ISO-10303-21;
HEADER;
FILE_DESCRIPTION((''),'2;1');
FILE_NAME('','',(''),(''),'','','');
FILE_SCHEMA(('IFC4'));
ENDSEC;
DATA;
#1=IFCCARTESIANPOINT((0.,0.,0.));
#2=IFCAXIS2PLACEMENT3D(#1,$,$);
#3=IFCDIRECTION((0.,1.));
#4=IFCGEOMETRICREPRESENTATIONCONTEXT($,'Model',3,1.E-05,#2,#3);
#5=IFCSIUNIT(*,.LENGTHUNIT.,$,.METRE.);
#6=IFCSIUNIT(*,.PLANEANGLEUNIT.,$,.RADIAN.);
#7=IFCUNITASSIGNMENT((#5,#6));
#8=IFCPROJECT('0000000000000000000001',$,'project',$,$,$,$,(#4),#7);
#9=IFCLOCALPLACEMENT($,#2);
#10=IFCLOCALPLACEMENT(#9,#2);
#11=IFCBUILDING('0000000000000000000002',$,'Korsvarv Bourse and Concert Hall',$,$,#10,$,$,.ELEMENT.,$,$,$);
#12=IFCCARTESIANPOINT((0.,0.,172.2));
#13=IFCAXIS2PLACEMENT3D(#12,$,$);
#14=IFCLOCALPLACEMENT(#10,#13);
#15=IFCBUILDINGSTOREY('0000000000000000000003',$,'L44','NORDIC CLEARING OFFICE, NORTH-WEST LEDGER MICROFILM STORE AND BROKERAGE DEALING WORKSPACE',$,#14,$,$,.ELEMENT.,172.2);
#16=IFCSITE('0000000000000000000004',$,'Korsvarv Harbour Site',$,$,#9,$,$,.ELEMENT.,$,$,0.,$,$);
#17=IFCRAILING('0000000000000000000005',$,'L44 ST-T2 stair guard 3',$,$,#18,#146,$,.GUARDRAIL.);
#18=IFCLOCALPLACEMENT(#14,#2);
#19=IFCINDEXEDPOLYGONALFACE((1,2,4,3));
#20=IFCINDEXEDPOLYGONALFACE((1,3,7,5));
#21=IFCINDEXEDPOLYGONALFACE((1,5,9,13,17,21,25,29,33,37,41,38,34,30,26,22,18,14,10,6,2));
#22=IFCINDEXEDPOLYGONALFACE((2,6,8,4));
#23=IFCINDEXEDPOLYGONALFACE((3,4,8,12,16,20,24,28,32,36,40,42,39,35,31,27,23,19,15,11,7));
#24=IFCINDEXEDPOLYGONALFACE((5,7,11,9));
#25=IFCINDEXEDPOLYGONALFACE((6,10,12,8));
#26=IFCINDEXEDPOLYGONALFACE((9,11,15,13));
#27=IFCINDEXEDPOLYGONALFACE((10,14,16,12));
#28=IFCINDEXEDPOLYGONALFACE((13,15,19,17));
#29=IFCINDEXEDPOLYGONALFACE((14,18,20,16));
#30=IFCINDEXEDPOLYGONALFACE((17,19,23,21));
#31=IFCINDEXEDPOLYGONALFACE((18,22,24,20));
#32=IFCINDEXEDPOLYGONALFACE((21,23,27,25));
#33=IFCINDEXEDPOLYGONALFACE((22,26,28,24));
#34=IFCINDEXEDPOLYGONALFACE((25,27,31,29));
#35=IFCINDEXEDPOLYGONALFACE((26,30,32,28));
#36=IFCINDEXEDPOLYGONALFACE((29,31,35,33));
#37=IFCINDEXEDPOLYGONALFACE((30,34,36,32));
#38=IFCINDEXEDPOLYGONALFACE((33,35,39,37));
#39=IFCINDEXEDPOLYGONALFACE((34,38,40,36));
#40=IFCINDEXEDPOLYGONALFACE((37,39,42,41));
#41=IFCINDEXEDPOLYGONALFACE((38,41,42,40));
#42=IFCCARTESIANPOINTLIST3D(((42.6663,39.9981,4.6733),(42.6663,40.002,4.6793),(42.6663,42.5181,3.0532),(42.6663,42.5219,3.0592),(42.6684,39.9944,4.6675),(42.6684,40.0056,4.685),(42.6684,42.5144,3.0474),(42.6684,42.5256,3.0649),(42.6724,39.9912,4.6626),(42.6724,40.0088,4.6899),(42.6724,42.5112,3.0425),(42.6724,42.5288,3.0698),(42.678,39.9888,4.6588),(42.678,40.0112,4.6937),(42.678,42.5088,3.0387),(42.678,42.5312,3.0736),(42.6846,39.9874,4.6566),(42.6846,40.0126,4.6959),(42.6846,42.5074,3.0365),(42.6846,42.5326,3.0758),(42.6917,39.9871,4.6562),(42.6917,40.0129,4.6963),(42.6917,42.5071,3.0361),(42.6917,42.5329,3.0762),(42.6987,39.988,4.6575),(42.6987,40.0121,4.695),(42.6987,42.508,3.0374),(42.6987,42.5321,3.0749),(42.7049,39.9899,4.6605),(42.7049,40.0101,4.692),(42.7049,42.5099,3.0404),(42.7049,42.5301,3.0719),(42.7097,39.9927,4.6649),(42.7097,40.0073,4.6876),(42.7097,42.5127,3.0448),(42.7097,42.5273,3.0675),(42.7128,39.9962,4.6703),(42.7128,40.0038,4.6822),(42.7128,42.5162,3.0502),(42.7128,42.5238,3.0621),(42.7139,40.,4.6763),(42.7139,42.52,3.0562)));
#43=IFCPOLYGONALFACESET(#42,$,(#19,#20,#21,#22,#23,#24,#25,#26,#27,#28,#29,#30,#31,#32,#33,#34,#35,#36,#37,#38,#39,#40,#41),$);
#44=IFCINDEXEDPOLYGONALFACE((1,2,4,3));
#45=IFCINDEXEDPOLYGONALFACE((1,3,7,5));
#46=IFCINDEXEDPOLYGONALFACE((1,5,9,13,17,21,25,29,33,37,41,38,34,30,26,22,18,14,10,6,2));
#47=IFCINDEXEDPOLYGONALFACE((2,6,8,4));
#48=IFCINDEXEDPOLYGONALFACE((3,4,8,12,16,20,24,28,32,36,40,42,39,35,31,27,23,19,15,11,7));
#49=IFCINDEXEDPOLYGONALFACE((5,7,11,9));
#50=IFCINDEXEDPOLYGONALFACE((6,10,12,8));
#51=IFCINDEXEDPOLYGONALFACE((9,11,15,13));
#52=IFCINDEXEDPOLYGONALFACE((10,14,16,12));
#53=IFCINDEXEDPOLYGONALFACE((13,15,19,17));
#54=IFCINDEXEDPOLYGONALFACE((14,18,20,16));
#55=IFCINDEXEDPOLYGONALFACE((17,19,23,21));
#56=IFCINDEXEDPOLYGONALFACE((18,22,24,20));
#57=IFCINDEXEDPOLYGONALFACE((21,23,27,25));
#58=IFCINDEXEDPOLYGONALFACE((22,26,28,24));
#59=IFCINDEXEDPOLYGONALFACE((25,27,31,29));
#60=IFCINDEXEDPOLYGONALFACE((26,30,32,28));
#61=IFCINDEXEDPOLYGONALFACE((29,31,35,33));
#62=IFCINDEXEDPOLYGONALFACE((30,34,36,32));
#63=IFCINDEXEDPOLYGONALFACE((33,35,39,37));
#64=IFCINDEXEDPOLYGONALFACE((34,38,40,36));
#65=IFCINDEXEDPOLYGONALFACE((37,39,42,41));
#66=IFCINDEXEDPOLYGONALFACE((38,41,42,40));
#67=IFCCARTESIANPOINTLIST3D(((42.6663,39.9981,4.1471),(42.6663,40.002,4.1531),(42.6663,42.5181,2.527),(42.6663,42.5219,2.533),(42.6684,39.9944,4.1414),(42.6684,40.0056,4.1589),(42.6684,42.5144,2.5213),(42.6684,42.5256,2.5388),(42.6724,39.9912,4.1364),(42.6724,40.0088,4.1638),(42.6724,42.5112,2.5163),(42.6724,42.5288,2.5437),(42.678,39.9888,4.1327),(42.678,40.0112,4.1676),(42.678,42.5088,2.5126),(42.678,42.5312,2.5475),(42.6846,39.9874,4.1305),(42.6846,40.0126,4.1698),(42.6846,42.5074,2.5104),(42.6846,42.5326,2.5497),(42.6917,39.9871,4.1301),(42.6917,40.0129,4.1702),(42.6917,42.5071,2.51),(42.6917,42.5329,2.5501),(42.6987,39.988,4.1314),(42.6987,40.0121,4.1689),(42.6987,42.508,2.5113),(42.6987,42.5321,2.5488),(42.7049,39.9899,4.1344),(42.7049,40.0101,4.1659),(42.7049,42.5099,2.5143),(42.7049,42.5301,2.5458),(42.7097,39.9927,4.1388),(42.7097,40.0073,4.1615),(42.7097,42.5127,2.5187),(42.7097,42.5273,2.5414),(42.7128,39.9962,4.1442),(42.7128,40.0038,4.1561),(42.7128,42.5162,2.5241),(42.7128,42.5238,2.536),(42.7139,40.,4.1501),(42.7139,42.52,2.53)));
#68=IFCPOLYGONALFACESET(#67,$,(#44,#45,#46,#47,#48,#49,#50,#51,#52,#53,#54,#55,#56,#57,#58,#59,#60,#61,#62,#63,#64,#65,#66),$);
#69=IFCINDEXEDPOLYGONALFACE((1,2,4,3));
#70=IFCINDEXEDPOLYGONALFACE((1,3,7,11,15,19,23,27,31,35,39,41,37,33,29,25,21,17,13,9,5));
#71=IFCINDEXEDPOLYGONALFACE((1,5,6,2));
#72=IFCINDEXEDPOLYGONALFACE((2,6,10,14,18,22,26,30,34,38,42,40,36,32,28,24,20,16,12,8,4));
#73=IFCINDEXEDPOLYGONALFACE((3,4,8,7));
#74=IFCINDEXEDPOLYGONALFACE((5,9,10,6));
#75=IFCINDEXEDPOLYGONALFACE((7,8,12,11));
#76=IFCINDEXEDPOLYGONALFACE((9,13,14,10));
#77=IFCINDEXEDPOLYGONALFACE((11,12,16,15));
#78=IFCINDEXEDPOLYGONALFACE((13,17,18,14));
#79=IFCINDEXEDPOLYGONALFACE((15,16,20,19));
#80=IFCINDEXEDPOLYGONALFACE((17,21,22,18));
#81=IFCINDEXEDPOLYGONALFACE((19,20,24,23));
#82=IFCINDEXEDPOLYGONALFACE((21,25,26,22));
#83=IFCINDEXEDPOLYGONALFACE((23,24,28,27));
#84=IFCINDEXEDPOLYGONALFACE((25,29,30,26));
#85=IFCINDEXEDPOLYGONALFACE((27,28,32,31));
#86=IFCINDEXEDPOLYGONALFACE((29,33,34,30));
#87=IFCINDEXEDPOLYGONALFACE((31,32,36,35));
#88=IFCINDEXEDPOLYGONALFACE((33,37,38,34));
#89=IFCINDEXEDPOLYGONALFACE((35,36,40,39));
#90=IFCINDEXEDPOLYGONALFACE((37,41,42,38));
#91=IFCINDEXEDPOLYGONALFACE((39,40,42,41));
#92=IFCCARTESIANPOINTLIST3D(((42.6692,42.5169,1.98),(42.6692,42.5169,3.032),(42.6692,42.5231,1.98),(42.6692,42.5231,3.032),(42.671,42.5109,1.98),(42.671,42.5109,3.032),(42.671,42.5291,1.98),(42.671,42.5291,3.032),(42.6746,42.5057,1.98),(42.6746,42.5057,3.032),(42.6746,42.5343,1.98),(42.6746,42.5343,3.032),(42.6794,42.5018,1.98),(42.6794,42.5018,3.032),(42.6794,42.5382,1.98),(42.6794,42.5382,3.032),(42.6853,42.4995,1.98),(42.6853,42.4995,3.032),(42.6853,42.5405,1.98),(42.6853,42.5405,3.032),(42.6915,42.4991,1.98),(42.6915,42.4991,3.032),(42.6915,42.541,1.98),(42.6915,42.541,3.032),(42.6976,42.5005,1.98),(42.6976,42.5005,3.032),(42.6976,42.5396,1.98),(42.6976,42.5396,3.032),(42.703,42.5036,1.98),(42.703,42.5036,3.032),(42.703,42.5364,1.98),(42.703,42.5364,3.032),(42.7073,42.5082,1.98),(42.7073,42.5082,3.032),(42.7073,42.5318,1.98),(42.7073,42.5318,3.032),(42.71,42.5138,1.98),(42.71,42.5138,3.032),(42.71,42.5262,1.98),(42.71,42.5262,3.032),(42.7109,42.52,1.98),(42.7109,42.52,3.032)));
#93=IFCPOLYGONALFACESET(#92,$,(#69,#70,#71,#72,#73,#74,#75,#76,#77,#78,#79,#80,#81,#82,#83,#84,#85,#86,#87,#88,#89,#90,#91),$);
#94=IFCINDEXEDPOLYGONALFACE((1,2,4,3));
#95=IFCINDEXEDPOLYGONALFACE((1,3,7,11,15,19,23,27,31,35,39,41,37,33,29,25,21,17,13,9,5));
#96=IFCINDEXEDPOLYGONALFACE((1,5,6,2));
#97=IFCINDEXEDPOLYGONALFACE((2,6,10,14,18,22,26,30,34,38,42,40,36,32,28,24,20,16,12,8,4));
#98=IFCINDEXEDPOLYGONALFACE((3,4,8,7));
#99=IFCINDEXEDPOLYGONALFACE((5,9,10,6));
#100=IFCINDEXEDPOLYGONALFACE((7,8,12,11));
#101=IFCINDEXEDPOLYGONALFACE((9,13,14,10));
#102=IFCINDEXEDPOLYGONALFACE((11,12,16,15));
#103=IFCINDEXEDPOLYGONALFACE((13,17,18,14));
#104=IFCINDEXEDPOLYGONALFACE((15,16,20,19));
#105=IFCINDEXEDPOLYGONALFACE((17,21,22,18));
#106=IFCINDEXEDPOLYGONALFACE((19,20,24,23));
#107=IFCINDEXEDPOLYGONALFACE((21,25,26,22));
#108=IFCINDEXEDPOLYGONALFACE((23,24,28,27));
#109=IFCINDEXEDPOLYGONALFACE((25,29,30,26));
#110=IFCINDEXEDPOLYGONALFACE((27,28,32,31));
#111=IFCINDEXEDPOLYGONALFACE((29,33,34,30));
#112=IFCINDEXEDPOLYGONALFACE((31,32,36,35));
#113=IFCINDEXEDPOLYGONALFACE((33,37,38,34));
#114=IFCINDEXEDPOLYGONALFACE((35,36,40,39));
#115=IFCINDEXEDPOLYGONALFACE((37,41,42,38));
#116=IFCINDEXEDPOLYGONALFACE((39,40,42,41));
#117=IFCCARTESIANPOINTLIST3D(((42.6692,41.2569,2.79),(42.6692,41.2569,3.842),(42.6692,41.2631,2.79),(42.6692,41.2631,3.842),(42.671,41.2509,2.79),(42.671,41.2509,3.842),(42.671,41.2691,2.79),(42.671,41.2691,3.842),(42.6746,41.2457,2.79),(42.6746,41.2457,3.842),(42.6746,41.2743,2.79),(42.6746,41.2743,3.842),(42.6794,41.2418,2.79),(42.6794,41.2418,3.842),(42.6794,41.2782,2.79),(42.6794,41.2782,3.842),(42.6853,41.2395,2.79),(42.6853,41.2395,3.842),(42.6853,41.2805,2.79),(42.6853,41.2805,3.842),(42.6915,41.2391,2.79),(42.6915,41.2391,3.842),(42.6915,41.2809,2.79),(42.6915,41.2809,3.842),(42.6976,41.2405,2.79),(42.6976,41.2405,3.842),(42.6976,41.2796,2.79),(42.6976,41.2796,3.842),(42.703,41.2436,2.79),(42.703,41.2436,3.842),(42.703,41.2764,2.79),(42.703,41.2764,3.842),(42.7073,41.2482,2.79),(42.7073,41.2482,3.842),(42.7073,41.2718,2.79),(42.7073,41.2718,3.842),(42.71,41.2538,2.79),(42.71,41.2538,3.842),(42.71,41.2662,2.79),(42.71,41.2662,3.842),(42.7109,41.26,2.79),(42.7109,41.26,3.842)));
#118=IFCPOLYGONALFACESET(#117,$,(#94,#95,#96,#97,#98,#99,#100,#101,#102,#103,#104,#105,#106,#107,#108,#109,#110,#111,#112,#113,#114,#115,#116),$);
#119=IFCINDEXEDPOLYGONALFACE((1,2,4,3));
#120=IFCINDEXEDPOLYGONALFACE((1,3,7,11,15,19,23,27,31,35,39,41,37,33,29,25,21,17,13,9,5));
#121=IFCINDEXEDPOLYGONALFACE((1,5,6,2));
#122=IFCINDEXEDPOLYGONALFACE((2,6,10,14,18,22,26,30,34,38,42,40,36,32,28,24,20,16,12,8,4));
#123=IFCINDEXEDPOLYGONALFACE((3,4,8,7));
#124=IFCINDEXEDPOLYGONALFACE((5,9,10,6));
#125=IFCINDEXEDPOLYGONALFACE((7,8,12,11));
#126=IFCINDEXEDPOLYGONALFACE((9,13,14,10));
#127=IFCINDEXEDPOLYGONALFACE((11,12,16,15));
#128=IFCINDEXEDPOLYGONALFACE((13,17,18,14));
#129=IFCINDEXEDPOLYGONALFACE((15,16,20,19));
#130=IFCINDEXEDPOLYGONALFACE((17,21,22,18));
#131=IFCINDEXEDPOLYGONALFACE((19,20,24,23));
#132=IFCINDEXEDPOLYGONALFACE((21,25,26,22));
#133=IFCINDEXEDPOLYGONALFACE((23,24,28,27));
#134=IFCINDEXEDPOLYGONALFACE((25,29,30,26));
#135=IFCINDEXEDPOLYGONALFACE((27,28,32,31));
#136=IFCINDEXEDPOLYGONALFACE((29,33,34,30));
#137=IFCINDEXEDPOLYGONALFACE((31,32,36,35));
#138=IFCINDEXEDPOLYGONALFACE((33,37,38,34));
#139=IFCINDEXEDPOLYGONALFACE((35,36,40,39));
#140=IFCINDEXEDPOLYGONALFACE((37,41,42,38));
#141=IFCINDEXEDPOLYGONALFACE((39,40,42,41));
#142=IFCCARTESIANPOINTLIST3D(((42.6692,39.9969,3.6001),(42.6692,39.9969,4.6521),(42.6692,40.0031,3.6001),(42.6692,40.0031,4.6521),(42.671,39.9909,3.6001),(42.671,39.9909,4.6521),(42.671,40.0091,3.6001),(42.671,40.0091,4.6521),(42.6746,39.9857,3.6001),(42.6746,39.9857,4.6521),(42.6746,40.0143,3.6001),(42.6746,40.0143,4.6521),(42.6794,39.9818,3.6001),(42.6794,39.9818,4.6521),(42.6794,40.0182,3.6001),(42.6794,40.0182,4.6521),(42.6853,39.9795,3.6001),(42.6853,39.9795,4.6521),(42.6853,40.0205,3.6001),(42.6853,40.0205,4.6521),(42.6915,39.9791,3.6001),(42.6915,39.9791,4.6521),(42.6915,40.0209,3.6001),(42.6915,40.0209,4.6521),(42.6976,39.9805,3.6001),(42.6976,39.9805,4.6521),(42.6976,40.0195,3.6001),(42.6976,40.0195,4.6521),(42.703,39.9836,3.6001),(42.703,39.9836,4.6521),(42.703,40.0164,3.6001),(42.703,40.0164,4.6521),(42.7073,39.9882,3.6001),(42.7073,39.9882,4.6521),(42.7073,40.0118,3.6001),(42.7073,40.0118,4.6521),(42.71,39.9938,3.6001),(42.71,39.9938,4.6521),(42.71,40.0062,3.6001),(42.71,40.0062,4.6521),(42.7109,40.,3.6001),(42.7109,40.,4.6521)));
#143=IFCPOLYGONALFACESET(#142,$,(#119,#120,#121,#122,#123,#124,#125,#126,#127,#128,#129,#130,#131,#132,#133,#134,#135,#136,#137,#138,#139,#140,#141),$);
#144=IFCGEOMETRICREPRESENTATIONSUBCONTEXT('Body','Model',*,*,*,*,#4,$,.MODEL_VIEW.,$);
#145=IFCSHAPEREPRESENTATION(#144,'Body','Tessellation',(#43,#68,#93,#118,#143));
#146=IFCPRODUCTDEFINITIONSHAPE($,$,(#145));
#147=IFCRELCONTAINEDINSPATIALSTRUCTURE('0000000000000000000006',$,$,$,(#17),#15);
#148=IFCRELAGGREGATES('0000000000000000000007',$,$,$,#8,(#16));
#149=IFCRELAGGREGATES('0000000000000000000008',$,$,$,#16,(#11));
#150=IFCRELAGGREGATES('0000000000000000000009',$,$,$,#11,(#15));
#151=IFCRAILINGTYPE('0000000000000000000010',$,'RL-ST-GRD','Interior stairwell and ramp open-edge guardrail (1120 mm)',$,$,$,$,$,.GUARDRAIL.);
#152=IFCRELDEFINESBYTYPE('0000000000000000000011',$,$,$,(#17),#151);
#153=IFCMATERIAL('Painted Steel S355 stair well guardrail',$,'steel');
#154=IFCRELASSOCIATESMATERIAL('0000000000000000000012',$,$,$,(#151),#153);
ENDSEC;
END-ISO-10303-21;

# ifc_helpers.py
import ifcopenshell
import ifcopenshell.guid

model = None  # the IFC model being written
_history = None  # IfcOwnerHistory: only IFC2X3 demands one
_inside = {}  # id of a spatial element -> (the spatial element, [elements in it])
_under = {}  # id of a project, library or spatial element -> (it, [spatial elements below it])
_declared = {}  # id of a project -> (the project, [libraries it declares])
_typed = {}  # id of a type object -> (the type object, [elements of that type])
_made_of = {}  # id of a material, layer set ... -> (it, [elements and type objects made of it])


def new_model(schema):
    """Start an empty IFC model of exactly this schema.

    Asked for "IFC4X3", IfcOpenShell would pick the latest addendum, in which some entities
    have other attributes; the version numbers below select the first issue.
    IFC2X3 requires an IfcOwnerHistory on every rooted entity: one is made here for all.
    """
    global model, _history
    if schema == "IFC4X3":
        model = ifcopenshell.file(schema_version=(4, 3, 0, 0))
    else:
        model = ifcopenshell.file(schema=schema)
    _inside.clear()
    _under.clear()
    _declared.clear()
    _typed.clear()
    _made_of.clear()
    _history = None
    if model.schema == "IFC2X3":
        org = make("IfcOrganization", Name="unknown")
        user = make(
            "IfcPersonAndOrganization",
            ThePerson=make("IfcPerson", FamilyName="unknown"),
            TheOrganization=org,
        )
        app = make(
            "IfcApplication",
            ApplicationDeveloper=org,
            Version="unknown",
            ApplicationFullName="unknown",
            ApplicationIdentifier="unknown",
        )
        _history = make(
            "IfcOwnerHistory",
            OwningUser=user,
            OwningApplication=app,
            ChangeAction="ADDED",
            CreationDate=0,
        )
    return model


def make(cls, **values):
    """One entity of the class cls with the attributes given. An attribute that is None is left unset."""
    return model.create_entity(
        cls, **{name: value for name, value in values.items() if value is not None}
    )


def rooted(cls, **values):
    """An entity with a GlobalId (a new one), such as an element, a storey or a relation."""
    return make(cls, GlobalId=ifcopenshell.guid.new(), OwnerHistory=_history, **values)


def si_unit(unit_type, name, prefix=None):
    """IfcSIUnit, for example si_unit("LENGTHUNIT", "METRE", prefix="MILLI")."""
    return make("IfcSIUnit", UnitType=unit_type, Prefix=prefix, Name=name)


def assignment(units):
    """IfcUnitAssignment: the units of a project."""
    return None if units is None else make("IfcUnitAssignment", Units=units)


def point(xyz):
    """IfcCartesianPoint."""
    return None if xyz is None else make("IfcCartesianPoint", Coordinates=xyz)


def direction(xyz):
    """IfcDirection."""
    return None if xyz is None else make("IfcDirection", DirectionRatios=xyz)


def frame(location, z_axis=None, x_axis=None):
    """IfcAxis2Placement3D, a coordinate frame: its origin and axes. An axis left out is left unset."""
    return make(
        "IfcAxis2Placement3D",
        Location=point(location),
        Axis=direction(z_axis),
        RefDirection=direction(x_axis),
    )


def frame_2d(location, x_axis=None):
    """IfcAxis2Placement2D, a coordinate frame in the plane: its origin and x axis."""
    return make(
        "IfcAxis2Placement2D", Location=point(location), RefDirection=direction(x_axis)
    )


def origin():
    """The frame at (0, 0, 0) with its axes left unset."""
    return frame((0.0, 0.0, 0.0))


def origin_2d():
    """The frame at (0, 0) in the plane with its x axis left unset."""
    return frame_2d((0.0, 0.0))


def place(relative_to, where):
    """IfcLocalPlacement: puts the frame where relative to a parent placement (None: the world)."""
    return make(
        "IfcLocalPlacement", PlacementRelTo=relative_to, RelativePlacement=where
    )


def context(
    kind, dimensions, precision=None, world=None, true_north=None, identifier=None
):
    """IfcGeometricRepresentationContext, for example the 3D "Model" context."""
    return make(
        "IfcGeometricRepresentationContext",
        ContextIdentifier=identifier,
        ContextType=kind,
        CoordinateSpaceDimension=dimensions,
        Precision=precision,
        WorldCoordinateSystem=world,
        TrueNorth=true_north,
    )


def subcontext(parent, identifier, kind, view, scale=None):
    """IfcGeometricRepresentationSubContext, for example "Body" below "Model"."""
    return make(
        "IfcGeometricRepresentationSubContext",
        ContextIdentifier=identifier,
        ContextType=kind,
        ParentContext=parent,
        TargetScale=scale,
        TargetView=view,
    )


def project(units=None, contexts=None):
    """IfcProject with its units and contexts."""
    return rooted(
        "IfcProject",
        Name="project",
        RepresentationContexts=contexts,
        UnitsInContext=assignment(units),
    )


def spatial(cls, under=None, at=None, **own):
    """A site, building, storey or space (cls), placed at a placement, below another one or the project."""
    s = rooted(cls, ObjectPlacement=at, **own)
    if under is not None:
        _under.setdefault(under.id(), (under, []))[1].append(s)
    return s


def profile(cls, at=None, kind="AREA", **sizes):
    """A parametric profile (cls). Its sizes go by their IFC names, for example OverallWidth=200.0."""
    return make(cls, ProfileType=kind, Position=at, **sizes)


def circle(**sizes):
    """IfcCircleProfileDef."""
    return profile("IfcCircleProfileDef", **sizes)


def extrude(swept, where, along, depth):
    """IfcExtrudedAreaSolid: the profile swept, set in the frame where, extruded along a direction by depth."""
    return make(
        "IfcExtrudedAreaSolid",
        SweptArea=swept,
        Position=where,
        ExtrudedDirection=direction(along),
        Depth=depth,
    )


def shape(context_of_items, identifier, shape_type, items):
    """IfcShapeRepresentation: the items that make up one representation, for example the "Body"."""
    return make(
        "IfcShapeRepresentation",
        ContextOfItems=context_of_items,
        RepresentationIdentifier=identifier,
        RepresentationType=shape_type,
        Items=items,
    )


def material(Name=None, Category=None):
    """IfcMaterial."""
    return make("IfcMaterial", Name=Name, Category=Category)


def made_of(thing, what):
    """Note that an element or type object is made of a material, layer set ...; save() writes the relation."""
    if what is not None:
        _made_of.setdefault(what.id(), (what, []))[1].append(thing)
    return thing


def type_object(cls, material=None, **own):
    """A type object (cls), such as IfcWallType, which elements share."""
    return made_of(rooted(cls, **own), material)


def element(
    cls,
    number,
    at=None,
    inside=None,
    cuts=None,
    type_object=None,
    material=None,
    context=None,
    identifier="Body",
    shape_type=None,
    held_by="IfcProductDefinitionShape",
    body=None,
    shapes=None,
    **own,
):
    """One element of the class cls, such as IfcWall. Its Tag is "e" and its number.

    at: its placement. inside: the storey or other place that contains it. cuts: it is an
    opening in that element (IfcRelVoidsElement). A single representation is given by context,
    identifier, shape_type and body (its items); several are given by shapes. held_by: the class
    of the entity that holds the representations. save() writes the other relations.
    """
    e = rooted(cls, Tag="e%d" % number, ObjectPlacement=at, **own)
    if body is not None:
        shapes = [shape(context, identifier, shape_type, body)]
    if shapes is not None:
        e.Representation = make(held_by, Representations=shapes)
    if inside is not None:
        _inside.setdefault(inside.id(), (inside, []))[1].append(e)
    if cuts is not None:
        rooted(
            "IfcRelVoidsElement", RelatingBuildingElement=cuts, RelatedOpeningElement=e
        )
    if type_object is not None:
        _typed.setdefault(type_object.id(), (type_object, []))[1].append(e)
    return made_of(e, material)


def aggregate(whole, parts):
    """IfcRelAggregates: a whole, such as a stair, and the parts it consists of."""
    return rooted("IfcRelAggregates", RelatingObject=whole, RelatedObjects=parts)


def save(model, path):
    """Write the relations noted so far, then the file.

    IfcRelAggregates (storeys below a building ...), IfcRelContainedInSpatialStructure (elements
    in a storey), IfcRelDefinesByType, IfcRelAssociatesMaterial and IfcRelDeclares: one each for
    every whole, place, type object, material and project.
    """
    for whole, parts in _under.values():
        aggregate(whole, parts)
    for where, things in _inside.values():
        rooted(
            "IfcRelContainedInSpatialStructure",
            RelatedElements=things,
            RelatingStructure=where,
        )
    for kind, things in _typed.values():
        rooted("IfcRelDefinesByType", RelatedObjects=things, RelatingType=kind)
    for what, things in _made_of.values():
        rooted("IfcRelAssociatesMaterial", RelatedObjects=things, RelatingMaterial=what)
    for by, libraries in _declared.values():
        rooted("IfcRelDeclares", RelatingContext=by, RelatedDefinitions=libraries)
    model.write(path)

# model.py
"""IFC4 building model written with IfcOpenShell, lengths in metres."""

from ifc_helpers import new_model, si_unit, direction, frame, origin, origin_2d, place, context, subcontext, project, spatial, circle, extrude, material, type_object, element, save


model = new_model("IFC4")

# Units and contexts
model_context = context("Model", 3, precision=1e-05, world=origin(), true_north=direction((0.0, 1.0)))
body_context = subcontext(model_context, "Body", "Model", "MODEL_VIEW")
ifc_project = project(units=[si_unit("LENGTHUNIT", "METRE"), si_unit("PLANEANGLEUNIT", "RADIAN")], contexts=[model_context])

# Site, building, storey
site_placement = place(None, origin())
site = spatial("IfcSite", under=ifc_project, at=site_placement, Name="Korsvarv Harbour Site", CompositionType="ELEMENT", RefElevation=0.0)
building_placement = place(site_placement, origin())
building = spatial("IfcBuilding", under=site, at=building_placement, Name="Korsvarv Bourse and Concert Hall", CompositionType="ELEMENT")
storey_placement = place(building_placement, frame((0.0, 0.0, 172.2)))
storey = spatial("IfcBuildingStorey", under=building, at=storey_placement, Name="L44", Description="NORDIC CLEARING OFFICE, NORTH-WEST LEDGER MICROFILM STORE AND BROKERAGE DEALING WORKSPACE", CompositionType="ELEMENT", Elevation=172.2)

# Railing
ifc_material_1 = material(Name="Painted Steel S355 stair well guardrail", Category="steel")
railing_type_1 = type_object("IfcRailingType", Name="RL-ST-GRD", Description="Interior stairwell and ramp open-edge guardrail (1120 mm)", PredefinedType="GUARDRAIL", material=ifc_material_1)
railing_1_placement = place(storey_placement, frame((42.6899, 42.52, 1.98)))
element("IfcRailing", 1, at=railing_1_placement, inside=storey, type_object=railing_type_1, Name="L44 ST-T2 stair guard 3", PredefinedType="GUARDRAIL", context=body_context, shape_type="SweptSolid", body=[
    extrude(circle(Radius=0.0239, at=origin_2d()), frame((0.0, 0.0, 1.0762), z_axis=(0.0, -0.841163, 0.540782), x_axis=(1.0, 0.0, 0.0)), (0.0, 0.0, 1.0), 2.9958),
    extrude(circle(Radius=0.0239, at=origin_2d()), frame((0.0, 0.0, 0.55), z_axis=(0.0, -0.841163, 0.540782), x_axis=(1.0, 0.0, 0.0)), (0.0, 0.0, 1.0), 2.9958),
    extrude(circle(Radius=0.021, at=origin_2d()), origin(), (0.0, 0.0, 1.0), 1.052),
    extrude(circle(Radius=0.021, at=origin_2d()), frame((0.0, -1.26, 0.8101)), (0.0, 0.0, 1.0), 1.052),
    extrude(circle(Radius=0.021, at=origin_2d()), frame((0.0, -2.52, 1.6201)), (0.0, 0.0, 1.0), 1.052),
])

save(model, "model.ifc")
